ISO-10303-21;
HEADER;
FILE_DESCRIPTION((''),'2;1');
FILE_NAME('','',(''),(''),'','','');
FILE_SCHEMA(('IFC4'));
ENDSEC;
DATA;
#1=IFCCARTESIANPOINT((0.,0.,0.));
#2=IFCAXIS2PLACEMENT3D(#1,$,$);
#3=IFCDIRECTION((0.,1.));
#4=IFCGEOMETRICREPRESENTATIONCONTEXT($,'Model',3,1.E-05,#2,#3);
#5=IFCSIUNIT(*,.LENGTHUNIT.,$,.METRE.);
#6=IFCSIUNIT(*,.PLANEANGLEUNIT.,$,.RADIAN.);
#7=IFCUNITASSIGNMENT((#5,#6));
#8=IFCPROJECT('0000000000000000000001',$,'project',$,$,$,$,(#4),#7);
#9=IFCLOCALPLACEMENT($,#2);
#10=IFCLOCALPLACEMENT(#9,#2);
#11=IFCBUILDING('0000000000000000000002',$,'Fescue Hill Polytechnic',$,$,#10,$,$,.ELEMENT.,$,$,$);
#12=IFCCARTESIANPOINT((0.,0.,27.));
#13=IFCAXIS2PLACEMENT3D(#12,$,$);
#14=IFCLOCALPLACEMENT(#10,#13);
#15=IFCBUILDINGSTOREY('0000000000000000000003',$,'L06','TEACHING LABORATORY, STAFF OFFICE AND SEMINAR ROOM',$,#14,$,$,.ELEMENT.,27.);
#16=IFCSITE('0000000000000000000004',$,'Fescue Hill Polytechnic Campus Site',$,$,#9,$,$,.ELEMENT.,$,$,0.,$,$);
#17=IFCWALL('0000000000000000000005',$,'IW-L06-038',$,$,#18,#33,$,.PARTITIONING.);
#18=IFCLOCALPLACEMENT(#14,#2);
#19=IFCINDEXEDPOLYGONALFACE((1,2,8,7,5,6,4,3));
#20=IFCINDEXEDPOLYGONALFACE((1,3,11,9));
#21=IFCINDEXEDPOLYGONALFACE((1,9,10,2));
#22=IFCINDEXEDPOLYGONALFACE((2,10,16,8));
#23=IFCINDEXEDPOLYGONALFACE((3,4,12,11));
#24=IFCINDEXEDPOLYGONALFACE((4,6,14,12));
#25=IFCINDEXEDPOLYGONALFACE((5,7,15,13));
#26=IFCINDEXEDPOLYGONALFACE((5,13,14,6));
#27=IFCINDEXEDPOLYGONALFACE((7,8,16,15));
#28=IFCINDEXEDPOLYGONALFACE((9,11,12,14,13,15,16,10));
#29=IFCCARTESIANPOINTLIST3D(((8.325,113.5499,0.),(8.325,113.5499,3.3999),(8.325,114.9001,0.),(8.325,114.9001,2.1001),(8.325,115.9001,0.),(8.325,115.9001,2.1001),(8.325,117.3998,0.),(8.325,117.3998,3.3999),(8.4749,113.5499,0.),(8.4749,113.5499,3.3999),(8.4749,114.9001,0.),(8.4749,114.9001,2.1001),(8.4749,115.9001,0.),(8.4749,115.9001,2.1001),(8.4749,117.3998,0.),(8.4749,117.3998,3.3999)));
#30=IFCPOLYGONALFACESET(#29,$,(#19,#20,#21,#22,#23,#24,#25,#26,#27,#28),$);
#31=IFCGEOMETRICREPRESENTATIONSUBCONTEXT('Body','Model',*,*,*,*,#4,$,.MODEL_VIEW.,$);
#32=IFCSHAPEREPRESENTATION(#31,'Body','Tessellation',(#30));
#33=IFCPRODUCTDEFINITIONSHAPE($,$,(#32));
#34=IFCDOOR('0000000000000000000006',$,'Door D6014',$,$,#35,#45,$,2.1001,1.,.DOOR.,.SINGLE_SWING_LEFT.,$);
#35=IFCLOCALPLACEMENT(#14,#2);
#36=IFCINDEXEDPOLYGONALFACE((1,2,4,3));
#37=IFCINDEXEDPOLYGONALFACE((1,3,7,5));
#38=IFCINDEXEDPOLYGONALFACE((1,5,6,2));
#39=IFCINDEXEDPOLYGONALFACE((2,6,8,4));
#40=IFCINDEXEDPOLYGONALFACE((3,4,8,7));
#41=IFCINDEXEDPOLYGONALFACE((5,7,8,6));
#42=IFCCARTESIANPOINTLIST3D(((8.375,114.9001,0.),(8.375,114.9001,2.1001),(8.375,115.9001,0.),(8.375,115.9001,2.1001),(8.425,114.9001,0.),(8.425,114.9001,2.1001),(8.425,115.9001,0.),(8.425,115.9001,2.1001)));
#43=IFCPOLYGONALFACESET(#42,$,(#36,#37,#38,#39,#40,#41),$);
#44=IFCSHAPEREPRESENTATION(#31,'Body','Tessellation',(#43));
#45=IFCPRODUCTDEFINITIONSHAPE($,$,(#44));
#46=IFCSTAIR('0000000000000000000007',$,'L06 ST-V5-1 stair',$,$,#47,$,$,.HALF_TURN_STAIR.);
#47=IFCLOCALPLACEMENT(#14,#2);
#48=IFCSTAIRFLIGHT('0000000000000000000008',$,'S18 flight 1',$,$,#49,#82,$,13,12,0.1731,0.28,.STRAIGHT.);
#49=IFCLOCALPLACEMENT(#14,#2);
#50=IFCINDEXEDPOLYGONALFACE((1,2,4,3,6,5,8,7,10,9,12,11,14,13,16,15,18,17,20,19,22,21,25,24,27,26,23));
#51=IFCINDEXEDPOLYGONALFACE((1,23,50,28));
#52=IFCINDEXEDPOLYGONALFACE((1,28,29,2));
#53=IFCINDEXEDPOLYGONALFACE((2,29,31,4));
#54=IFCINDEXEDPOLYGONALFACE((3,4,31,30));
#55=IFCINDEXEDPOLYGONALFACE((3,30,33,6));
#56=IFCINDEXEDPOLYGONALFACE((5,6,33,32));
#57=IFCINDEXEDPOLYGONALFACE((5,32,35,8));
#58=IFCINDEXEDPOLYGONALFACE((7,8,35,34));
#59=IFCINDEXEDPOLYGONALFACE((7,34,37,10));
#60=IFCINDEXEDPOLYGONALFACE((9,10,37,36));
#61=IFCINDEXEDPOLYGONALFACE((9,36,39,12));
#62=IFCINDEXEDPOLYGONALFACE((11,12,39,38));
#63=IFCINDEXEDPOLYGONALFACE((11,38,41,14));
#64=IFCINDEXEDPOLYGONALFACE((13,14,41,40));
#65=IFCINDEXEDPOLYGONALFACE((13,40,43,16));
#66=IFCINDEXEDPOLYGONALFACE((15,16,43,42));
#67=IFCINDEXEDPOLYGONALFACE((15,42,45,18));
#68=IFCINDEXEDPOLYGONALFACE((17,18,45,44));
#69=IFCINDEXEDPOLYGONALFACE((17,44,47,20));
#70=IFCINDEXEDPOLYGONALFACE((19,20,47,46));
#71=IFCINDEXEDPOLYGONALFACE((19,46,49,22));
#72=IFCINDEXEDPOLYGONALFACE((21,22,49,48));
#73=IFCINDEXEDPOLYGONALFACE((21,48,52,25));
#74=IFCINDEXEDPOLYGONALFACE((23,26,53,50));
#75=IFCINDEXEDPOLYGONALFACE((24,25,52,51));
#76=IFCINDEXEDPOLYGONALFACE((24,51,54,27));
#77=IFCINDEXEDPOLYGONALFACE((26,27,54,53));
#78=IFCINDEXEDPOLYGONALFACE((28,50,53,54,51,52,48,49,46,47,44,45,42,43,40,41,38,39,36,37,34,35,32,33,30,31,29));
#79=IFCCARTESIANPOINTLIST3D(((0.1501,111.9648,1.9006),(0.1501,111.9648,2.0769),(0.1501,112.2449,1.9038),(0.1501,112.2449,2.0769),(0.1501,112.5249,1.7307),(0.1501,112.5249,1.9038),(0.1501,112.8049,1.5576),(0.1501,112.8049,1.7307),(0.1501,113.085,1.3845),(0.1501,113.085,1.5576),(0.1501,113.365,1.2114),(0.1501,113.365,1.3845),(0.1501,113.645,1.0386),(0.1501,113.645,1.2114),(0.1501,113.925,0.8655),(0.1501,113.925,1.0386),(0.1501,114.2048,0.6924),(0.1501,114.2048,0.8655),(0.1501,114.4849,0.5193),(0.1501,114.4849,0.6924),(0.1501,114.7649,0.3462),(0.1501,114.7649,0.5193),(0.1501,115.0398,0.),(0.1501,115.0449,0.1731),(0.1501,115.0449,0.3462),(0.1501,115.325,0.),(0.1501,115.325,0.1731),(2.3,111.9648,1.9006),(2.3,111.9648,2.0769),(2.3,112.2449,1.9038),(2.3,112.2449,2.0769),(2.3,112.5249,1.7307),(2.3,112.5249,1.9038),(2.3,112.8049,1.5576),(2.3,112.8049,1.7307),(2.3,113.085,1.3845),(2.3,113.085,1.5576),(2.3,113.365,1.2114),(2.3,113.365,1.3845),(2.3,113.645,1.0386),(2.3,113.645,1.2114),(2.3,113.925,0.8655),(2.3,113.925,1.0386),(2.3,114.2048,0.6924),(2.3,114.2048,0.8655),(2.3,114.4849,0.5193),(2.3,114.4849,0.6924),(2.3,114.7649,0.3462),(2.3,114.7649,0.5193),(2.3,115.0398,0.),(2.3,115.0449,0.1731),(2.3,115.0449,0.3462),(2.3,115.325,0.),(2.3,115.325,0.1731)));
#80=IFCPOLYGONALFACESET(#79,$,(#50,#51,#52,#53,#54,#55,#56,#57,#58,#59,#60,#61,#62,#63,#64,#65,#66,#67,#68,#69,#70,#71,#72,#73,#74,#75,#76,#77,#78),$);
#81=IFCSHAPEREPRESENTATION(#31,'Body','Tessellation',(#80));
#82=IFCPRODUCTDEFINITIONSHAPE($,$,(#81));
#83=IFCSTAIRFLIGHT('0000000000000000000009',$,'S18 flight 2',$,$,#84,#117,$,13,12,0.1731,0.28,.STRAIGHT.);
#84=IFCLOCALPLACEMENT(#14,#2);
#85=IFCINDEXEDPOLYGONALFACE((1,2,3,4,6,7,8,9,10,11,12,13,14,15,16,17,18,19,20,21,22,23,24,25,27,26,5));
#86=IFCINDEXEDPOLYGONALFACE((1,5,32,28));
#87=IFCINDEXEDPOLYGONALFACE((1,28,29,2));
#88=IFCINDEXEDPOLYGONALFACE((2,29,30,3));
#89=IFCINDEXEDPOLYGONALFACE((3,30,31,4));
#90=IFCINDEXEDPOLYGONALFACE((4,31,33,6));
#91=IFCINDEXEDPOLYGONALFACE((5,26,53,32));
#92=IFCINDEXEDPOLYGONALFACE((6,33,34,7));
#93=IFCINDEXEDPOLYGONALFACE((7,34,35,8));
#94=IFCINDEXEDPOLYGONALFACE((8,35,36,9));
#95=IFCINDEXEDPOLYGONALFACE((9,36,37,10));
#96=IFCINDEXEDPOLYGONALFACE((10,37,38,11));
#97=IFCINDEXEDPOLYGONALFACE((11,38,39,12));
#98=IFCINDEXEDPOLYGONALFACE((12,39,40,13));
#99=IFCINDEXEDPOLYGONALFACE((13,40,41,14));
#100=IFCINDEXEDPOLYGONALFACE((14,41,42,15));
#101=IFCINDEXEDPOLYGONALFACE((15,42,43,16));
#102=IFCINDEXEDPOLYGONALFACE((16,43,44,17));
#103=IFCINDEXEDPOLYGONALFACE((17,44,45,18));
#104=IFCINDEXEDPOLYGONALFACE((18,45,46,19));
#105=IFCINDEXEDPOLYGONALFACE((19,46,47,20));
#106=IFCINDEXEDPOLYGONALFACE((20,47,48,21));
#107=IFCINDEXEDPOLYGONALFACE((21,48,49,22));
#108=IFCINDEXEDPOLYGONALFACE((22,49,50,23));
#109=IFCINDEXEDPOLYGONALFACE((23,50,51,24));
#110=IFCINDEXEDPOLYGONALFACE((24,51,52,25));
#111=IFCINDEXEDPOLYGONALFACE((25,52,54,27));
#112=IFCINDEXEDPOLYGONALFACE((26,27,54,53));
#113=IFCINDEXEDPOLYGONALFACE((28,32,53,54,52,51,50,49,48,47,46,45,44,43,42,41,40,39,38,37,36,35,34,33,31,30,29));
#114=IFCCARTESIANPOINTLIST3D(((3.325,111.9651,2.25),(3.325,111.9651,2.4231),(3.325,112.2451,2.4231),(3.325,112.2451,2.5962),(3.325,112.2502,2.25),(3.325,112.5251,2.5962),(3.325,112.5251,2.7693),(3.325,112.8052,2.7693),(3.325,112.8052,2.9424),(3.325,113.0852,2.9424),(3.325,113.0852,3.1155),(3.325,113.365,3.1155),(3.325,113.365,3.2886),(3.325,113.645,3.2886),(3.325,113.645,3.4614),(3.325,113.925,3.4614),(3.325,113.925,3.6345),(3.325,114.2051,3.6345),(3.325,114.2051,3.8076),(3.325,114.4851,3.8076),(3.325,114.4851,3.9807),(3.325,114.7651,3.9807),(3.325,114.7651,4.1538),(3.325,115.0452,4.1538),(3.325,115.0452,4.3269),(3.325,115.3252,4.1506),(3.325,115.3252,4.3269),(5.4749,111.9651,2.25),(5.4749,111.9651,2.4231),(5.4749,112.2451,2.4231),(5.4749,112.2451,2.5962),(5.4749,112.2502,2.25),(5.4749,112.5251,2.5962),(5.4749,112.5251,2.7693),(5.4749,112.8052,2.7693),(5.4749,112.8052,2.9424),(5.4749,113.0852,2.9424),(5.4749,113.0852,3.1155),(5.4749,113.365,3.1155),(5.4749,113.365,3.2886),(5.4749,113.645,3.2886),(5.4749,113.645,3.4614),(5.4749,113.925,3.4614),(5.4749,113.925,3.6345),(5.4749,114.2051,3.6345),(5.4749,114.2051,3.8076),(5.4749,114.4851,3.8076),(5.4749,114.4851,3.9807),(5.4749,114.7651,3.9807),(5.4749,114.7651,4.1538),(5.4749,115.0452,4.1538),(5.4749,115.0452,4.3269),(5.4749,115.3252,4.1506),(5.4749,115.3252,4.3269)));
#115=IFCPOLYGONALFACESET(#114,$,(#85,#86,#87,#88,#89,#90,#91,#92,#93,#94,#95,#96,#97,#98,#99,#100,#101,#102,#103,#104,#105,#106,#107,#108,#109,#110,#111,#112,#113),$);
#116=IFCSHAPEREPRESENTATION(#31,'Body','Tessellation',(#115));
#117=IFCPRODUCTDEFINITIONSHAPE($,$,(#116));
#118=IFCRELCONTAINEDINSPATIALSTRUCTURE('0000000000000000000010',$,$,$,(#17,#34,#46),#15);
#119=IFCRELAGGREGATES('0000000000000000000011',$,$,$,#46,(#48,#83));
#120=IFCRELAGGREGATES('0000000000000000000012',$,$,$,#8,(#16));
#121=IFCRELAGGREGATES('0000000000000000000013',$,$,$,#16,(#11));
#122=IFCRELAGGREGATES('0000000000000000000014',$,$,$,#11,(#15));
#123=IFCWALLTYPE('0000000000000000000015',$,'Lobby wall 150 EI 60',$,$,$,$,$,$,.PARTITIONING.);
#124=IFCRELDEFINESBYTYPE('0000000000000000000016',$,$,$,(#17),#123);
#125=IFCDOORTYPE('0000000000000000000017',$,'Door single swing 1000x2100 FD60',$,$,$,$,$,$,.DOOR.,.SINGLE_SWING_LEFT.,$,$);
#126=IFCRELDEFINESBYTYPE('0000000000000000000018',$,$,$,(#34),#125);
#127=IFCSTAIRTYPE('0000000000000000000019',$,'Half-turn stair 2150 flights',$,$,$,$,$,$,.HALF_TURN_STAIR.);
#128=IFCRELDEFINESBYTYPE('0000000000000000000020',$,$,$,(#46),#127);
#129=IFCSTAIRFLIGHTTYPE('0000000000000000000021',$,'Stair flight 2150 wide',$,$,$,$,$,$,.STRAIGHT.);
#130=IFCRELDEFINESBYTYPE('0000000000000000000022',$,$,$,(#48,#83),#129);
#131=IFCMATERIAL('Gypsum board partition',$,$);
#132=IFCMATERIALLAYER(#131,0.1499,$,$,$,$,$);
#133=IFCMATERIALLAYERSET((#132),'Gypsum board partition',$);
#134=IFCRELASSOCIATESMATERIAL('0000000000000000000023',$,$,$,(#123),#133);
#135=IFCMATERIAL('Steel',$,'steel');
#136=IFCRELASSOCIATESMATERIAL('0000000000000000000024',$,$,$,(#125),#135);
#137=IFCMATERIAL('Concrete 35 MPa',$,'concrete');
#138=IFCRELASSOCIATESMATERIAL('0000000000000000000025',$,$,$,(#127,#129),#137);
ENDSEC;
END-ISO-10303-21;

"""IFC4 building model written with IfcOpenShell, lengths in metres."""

from ifc_helpers import new_model, si_unit, direction, frame, frame_2d, origin, place, context, subcontext, project, spatial, polyline, rectangle, outline, extrude, material, layer, layer_set, type_object, element, fill, aggregate, save


model = new_model("IFC4")

# Units and contexts
model_context = context("Model", 3, precision=1e-05, world=origin(), true_north=direction((0.0, 1.0)))
body_context = subcontext(model_context, "Body", "Model", "MODEL_VIEW")
ifc_project = project(units=[si_unit("LENGTHUNIT", "METRE"), si_unit("PLANEANGLEUNIT", "RADIAN")], contexts=[model_context])

# Site, building, storey
site_placement = place(None, origin())
site = spatial("IfcSite", under=ifc_project, at=site_placement, Name="Fescue Hill Polytechnic Campus Site", CompositionType="ELEMENT", RefElevation=0.0)
building_placement = place(site_placement, origin())
building = spatial("IfcBuilding", under=site, at=building_placement, Name="Fescue Hill Polytechnic", CompositionType="ELEMENT")
storey_placement = place(building_placement, frame((0.0, 0.0, 27.0)))
storey = spatial("IfcBuildingStorey", under=building, at=storey_placement, Name="L06", Description="TEACHING LABORATORY, STAFF OFFICE AND SEMINAR ROOM", CompositionType="ELEMENT", Elevation=27.0)

# Shared definitions
ifc_material_1 = material(Name="Concrete 35 MPa", Category="concrete")

# Wall, opening, door
ifc_material_2 = material(Name="Gypsum board partition")
ifc_layer_1 = layer(ifc_material_2, 0.1499)
ifc_layer_set_1 = layer_set([ifc_layer_1], Name="Gypsum board partition")
wall_type_1 = type_object("IfcWallType", Name="Lobby wall 150 EI 60", PredefinedType="PARTITIONING", material=ifc_layer_set_1)
wall_1_placement = place(storey_placement, frame((8.3999, 113.55, 0.0), z_axis=(0.0, 0.0, 1.0), x_axis=(0.0, 1.0, 0.0)))
wall_1 = element("IfcWall", 1, at=wall_1_placement, inside=storey, type_object=wall_type_1, Name="IW-L06-038", PredefinedType="PARTITIONING", context=body_context, shape_type="SweptSolid", body=[
    extrude(rectangle(XDim=3.8499, YDim=0.1499, at=frame_2d((1.9248, 0.0))), origin(), (0.0, 0.0, 1.0), 3.3999),
])
opening_1_placement = place(wall_1_placement, frame((1.3501, 0.0, 0.0)))
opening_1 = element("IfcOpeningElement", 2, at=opening_1_placement, cuts=wall_1, PredefinedType="OPENING", context=body_context, shape_type="SweptSolid", body=[
    extrude(rectangle(XDim=1.0, YDim=2.1001, at=frame_2d((0.5, 1.05))), frame((0.0, 0.085, 0.0), z_axis=(0.0, -1.0, 0.0), x_axis=(1.0, 0.0, 0.0)), (0.0, 0.0, 1.0), 0.1699),
])
ifc_material_3 = material(Name="Steel", Category="steel")
door_type_1 = type_object("IfcDoorType", Name="Door single swing 1000x2100 FD60", OperationType="SINGLE_SWING_LEFT", PredefinedType="DOOR", material=ifc_material_3)
door_1_placement = place(opening_1_placement, origin())
door_1 = element("IfcDoor", 3, at=door_1_placement, inside=storey, type_object=door_type_1, Name="Door D6014", OperationType="SINGLE_SWING_LEFT", OverallHeight=2.1001, OverallWidth=1.0, PredefinedType="DOOR", context=body_context, shape_type="SweptSolid", body=[
    extrude(rectangle(XDim=1.0, YDim=2.1001, at=frame_2d((0.5, 1.05))), frame((0.0, 0.0249, 0.0), z_axis=(0.0, -1.0, 0.0), x_axis=(1.0, 0.0, 0.0)), (0.0, 0.0, 1.0), 0.05),
])
fill(opening_1, door_1)

# Stair, stair flights
stair_type = type_object("IfcStairType", Name="Half-turn stair 2150 flights", PredefinedType="HALF_TURN_STAIR", material=ifc_material_1)
stair_placement = place(storey_placement, origin())
stair = element("IfcStair", 4, at=stair_placement, inside=storey, type_object=stair_type, Name="L06 ST-V5-1 stair", PredefinedType="HALF_TURN_STAIR")
stair_flight_type = type_object("IfcStairFlightType", Name="Stair flight 2150 wide", PredefinedType="STRAIGHT", material=ifc_material_1)
stair_flight_1_placement = place(storey_placement, frame((1.2251, 115.325, 0.0), z_axis=(0.0, 0.0, 1.0), x_axis=(0.0, -1.0, 0.0)))
stair_flight_1 = element("IfcStairFlight", 5, at=stair_flight_1_placement, type_object=stair_flight_type, Name="S18 flight 1", NumberOfRisers=13, NumberOfTreads=12, PredefinedType="STRAIGHT", RiserHeight=0.1731, TreadLength=0.28, context=body_context, shape_type="SweptSolid", body=[
    extrude(outline(polyline([(0.0, 0.0), (0.0, 0.1731), (0.28, 0.1731), (0.28, 0.3462), (0.5601, 0.3462), (0.5601, 0.5193), (0.8401, 0.5193), (0.8401, 0.6924), (1.1201, 0.6924), (1.1201, 0.8655), (1.3999, 0.8655), (1.3999, 1.0386), (1.6799, 1.0386), (1.6799, 1.2114), (1.96, 1.2114), (1.96, 1.3845), (2.24, 1.3845), (2.24, 1.5576), (2.52, 1.5576), (2.52, 1.7307), (2.8, 1.7307), (2.8, 1.9038), (3.0801, 1.9038), (3.0801, 2.0769), (3.3601, 2.0769), (3.3601, 2.25), (3.3601, 1.9006), (0.2852, 0.0), (0.0, 0.0)])), frame((0.0, 1.075, 0.0), z_axis=(0.0, -1.0, 0.0), x_axis=(1.0, 0.0, 0.0)), (0.0, 0.0, 1.0), 2.1499),
])
stair_flight_2_placement = place(storey_placement, frame((4.3999, 111.9651, 2.25), z_axis=(0.0, 0.0, 1.0), x_axis=(0.0, 1.0, 0.0)))
stair_flight_2 = element("IfcStairFlight", 6, at=stair_flight_2_placement, type_object=stair_flight_type, Name="S18 flight 2", NumberOfRisers=13, NumberOfTreads=12, PredefinedType="STRAIGHT", RiserHeight=0.1731, TreadLength=0.28, context=body_context, shape_type="SweptSolid", body=[
    extrude(outline(polyline([(0.0, 0.0), (0.0, 0.1731), (0.28, 0.1731), (0.28, 0.3462), (0.5601, 0.3462), (0.5601, 0.5193), (0.8401, 0.5193), (0.8401, 0.6924), (1.1201, 0.6924), (1.1201, 0.8655), (1.3999, 0.8655), (1.3999, 1.0386), (1.6799, 1.0386), (1.6799, 1.2114), (1.96, 1.2114), (1.96, 1.3845), (2.24, 1.3845), (2.24, 1.5576), (2.52, 1.5576), (2.52, 1.7307), (2.8, 1.7307), (2.8, 1.9038), (3.0801, 1.9038), (3.0801, 2.0769), (3.3601, 2.0769), (3.3601, 2.25), (3.3601, 1.9006), (0.2852, 0.0), (0.0, 0.0)])), frame((0.0, 1.075, 0.0), z_axis=(0.0, -1.0, 0.0), x_axis=(1.0, 0.0, 0.0)), (0.0, 0.0, 1.0), 2.1499),
])
aggregate(stair, [stair_flight_1, stair_flight_2])

save(model, "model.ifc")
